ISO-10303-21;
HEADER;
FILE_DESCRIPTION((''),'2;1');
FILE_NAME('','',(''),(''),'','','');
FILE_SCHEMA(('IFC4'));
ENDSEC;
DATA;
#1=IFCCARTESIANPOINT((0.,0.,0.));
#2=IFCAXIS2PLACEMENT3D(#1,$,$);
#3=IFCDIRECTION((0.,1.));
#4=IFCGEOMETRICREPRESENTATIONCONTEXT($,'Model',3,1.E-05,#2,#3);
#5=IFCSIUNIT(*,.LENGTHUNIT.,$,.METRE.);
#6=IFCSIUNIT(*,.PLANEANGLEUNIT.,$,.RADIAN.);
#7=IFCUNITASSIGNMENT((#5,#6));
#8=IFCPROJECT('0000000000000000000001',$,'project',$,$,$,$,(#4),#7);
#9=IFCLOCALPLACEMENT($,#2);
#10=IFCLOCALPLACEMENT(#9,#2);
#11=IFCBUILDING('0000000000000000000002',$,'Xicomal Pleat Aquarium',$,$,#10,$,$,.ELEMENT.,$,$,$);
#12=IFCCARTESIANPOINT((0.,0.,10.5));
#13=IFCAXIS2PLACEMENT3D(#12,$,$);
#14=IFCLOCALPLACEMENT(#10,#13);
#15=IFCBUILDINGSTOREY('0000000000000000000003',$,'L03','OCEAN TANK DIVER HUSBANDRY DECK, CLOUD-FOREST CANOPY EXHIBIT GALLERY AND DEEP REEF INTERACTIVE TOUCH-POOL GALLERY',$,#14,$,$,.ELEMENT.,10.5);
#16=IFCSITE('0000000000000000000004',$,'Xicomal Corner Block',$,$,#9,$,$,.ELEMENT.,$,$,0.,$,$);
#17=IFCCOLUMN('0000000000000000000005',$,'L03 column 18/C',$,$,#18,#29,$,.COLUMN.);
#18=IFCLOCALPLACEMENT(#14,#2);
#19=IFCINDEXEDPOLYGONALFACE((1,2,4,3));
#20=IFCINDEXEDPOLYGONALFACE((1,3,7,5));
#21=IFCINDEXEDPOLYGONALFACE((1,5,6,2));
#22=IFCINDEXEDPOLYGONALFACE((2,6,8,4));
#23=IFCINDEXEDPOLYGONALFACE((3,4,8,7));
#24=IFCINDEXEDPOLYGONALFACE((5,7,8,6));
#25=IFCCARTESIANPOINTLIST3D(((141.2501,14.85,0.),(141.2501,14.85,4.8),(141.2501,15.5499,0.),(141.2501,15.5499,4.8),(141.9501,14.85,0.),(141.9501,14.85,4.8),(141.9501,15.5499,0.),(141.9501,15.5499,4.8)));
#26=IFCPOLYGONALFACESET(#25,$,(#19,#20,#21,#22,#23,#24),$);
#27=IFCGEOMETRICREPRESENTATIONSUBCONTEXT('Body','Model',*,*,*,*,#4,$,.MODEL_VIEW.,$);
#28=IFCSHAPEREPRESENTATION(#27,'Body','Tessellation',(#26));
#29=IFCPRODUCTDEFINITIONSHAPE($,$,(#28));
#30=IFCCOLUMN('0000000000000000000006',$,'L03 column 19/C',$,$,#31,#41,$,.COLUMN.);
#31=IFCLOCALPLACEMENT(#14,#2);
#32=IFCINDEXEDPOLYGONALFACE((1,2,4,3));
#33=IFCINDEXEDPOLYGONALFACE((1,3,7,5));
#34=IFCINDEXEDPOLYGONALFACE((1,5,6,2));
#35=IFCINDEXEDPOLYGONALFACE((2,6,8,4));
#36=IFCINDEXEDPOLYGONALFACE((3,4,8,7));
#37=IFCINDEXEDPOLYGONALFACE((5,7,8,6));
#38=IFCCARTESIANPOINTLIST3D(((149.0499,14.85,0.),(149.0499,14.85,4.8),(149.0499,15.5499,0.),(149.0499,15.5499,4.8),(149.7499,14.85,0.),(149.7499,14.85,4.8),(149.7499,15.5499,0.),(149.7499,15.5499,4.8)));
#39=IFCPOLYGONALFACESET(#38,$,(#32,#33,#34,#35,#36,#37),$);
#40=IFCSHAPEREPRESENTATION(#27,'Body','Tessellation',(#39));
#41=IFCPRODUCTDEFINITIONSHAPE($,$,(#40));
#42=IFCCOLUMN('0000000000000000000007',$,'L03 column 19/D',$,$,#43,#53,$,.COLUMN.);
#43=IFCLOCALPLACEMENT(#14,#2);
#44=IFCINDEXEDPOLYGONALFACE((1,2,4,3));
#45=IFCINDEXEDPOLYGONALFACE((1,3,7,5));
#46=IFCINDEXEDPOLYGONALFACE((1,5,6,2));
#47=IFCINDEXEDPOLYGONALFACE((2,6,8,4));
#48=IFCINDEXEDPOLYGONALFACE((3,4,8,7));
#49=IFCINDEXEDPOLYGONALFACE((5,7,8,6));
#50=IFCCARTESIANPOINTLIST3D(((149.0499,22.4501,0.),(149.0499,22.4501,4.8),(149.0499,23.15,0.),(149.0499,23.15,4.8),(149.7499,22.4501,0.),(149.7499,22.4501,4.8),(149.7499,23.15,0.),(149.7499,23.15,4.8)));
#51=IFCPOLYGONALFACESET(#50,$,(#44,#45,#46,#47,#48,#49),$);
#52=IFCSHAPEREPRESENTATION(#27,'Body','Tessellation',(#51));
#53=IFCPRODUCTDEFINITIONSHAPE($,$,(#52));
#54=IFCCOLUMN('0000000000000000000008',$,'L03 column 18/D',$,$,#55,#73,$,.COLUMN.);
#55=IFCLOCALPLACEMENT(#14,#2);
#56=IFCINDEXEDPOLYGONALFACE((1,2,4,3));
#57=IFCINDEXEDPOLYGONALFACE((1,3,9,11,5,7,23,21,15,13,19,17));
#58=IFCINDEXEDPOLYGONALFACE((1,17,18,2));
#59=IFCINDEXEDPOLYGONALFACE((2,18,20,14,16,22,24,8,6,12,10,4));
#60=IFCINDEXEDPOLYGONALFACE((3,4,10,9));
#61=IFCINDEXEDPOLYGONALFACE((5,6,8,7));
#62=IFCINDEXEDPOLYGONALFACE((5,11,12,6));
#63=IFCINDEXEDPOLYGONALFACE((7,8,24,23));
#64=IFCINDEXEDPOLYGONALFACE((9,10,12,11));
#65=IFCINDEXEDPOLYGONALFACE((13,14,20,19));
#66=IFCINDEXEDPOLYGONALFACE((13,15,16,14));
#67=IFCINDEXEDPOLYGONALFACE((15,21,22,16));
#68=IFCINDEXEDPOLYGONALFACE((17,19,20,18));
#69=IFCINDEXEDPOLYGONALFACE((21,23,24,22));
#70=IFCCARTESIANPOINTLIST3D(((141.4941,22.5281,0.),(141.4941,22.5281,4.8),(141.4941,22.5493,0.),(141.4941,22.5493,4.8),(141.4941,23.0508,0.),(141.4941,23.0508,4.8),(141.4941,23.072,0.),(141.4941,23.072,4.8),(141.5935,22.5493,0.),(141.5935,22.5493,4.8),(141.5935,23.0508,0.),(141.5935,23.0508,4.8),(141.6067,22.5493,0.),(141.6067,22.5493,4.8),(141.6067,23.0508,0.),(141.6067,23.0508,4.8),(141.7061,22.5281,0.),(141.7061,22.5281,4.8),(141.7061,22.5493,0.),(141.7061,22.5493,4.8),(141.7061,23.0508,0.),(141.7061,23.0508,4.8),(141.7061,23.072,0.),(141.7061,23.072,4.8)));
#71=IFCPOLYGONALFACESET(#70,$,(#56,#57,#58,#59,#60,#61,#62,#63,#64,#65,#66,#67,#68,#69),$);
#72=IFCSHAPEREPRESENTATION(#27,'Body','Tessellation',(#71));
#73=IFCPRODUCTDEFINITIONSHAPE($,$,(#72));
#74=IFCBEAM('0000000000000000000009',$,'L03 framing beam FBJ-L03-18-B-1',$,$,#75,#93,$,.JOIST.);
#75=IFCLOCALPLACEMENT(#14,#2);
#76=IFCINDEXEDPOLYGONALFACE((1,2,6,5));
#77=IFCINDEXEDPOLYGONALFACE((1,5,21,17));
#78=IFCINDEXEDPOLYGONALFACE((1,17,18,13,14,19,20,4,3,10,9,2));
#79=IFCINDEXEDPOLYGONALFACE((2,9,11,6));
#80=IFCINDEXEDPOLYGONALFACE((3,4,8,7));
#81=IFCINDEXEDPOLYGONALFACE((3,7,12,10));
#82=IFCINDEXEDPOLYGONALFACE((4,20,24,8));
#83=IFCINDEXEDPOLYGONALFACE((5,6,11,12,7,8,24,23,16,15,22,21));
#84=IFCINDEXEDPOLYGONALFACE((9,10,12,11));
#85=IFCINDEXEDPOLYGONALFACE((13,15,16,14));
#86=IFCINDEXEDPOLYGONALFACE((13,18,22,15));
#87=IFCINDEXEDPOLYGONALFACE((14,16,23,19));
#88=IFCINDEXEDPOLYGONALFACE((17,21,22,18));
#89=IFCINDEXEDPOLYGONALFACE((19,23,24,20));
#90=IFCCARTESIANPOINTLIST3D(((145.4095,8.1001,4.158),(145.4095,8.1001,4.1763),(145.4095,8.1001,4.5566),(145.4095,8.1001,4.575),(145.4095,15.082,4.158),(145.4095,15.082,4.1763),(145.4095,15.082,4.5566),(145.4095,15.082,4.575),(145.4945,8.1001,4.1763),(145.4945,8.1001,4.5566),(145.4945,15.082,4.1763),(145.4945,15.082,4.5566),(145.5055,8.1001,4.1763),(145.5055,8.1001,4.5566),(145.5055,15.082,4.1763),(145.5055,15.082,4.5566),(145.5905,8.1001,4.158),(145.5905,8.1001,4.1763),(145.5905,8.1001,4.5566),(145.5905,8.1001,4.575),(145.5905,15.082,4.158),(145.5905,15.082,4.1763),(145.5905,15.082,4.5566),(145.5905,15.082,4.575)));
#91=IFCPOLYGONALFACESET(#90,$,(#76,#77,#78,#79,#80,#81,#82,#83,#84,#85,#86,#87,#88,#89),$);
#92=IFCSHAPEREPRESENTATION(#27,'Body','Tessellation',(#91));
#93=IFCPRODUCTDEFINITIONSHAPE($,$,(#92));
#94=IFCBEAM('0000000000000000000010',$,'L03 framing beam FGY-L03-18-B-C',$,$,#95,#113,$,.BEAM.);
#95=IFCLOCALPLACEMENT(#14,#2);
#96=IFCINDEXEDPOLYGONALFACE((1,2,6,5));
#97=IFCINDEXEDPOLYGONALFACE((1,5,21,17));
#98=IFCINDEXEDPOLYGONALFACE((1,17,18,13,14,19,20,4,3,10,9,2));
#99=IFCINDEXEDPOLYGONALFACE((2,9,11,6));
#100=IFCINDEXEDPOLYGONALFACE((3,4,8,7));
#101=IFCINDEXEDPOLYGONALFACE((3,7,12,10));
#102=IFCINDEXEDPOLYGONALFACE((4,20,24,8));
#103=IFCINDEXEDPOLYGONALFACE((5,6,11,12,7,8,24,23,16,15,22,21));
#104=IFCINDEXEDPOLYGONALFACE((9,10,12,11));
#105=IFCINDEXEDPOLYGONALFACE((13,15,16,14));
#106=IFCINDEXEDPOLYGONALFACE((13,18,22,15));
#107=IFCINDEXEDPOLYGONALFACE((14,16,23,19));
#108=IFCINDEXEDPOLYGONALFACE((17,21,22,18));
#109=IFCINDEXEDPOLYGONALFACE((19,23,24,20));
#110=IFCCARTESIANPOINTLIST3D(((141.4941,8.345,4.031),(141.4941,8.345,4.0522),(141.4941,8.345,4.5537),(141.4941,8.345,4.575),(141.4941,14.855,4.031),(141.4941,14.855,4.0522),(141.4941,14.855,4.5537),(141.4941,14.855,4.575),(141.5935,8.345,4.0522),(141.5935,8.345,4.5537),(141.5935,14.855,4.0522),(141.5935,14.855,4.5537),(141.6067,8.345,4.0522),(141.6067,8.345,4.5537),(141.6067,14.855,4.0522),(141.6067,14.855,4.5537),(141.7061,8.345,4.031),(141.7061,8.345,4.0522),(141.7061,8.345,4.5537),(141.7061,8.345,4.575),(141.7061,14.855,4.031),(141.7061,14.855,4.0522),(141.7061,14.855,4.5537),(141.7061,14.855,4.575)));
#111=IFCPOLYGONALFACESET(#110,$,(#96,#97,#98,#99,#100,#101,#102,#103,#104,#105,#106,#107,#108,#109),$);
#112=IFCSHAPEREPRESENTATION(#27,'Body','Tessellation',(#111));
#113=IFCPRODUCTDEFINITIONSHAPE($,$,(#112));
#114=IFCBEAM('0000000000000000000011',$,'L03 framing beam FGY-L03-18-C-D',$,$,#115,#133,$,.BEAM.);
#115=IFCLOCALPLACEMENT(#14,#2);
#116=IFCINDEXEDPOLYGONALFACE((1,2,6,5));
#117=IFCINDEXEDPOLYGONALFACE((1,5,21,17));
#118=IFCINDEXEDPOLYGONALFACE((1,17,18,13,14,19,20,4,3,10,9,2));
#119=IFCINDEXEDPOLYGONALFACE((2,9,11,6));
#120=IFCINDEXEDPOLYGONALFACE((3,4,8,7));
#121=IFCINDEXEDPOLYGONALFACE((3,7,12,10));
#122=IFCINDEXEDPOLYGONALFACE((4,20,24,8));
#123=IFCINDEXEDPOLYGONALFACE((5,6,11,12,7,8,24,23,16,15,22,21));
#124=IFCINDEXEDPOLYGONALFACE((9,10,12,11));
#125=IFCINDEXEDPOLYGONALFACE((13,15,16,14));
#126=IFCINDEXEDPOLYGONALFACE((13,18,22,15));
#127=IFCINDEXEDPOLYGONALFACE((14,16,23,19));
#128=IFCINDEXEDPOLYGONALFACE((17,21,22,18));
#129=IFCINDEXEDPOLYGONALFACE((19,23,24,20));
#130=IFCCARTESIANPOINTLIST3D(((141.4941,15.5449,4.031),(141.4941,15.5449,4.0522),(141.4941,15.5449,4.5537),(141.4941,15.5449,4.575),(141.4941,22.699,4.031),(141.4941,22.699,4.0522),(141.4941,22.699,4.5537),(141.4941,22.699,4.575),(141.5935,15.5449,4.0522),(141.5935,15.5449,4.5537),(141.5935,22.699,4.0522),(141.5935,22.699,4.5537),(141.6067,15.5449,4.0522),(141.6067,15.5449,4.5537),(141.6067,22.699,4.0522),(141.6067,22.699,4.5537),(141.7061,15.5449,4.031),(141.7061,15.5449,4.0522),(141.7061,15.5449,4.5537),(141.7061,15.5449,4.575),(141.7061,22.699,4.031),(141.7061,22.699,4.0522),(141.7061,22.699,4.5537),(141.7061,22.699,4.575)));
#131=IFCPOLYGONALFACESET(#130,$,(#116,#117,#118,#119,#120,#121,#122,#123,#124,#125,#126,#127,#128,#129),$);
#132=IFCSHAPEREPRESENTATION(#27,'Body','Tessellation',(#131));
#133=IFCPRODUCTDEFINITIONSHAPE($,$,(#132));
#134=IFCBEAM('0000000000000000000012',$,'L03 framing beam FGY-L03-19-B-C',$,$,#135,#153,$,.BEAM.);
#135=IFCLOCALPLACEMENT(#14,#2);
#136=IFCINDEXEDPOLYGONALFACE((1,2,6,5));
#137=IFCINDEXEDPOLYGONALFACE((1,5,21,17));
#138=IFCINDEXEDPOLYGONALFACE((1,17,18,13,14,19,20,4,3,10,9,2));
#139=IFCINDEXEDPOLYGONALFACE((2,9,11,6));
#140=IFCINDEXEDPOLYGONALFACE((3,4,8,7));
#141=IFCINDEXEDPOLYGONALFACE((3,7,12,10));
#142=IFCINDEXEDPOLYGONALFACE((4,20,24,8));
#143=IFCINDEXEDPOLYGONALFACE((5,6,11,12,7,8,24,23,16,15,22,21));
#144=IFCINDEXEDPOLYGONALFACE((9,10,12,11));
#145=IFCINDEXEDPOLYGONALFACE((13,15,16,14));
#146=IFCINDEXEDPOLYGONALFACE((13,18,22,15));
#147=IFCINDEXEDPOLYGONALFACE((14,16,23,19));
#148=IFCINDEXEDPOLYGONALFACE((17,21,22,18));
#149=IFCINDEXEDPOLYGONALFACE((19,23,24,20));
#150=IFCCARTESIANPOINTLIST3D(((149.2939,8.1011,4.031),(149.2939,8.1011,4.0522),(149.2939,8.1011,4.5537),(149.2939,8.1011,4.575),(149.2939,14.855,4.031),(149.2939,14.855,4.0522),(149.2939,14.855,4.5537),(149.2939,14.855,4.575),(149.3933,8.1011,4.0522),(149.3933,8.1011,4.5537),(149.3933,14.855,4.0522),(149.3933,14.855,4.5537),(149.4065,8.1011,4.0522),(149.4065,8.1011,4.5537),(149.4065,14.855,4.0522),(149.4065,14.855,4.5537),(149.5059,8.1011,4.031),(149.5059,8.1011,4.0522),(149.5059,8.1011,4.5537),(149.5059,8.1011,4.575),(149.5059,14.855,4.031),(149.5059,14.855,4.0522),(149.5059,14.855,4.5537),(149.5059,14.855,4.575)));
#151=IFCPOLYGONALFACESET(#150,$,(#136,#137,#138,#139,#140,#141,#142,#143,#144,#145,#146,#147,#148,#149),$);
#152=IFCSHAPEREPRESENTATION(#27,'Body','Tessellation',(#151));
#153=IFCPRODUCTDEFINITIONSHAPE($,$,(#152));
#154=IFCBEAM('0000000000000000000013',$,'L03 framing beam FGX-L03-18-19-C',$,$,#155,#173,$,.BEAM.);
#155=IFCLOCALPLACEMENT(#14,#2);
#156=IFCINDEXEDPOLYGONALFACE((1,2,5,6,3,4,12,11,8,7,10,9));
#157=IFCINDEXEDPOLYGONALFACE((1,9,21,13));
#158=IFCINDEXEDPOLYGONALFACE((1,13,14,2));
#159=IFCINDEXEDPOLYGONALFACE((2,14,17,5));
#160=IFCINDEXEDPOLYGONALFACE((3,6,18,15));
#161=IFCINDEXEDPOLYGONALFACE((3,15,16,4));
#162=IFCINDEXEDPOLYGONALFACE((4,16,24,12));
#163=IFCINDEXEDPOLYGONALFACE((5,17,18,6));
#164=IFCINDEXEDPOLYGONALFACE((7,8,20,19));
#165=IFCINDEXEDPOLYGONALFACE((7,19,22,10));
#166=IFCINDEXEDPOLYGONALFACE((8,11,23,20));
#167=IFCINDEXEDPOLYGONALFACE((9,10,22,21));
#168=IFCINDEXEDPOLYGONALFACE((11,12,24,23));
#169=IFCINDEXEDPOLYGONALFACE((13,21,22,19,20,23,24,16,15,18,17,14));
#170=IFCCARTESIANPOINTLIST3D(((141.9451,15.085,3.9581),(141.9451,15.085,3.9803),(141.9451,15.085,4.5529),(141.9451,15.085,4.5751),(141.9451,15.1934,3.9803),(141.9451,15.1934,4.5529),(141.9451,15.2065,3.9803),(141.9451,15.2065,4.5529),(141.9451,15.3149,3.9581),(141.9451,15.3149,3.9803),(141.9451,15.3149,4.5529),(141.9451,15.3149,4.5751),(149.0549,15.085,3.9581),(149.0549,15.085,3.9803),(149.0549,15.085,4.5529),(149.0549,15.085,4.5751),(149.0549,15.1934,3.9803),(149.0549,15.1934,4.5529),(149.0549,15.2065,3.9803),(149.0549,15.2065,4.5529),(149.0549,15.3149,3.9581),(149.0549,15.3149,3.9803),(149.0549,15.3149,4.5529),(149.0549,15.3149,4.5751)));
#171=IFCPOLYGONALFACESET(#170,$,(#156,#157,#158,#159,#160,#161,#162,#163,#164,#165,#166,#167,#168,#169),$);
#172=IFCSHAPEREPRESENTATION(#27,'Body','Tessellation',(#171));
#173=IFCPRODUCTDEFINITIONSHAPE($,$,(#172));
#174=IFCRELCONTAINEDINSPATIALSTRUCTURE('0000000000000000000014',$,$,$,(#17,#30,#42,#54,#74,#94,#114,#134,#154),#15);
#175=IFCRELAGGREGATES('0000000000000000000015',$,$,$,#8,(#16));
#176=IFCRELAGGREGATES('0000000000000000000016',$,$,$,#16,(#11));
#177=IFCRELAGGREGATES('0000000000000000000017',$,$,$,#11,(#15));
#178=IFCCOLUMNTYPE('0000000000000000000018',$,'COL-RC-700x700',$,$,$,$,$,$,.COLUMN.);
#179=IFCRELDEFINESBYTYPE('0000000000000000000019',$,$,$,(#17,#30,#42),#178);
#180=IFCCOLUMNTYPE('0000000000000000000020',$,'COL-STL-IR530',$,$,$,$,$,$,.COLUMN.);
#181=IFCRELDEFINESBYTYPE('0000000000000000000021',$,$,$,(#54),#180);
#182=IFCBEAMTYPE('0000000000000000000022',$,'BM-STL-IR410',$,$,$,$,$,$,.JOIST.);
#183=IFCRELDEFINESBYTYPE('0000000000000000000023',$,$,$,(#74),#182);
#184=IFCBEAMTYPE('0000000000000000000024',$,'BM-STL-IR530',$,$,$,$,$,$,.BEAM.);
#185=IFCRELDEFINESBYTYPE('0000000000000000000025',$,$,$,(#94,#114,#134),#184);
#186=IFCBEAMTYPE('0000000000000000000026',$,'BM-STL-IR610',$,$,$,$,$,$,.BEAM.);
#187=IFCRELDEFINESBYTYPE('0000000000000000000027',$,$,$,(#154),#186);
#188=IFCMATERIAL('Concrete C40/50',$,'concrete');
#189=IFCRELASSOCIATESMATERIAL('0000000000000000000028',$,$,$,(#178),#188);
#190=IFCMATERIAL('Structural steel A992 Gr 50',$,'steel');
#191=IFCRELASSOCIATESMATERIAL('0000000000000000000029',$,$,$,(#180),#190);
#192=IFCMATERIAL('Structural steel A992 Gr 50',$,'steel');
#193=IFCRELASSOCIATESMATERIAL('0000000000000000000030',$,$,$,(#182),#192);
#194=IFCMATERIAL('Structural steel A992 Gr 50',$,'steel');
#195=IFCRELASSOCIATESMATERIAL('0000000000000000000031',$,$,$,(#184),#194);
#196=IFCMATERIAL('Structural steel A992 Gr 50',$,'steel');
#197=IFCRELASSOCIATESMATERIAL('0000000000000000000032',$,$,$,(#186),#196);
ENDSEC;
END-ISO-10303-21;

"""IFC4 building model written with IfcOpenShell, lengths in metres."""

from ifc_helpers import new_model, si_unit, direction, frame, origin, origin_2d, place, context, subcontext, project, spatial, rectangle, i_section, extrude, material, material_profile, profile_set, type_object, element, save


model = new_model("IFC4")

# Units and contexts
model_context = context("Model", 3, precision=1e-05, world=origin(), true_north=direction((0.0, 1.0)))
body_context = subcontext(model_context, "Body", "Model", "MODEL_VIEW")
ifc_project = project(units=[si_unit("LENGTHUNIT", "METRE"), si_unit("PLANEANGLEUNIT", "RADIAN")], contexts=[model_context])

# Site, building, storey
site_placement = place(None, origin())
site = spatial("IfcSite", under=ifc_project, at=site_placement, Name="Xicomal Corner Block", CompositionType="ELEMENT", RefElevation=0.0)
building_placement = place(site_placement, origin())
building = spatial("IfcBuilding", under=site, at=building_placement, Name="Xicomal Pleat Aquarium", CompositionType="ELEMENT")
storey_placement = place(building_placement, frame((0.0, 0.0, 10.5)))
storey = spatial("IfcBuildingStorey", under=building, at=storey_placement, Name="L03", Description="OCEAN TANK DIVER HUSBANDRY DECK, CLOUD-FOREST CANOPY EXHIBIT GALLERY AND DEEP REEF INTERACTIVE TOUCH-POOL GALLERY", CompositionType="ELEMENT", Elevation=10.5)

# Columns
ifc_material_1 = material(Name="Concrete C40/50", Category="concrete")
ifc_material_profile_1 = material_profile(ifc_material_1, rectangle(XDim=0.7, YDim=0.7, at=origin_2d()), Name="RC 700x700")
ifc_profile_set_1 = profile_set([ifc_material_profile_1], Name="Concrete C40/50")
column_type_1 = type_object("IfcColumnType", Name="COL-RC-700x700", PredefinedType="COLUMN", material=ifc_profile_set_1)
for number, where, z_axis, x_axis, name in (
    (1, (141.6001, 15.2, 0.0), (0.0, 0.0, 1.0), (1.0, 0.0, 0.0), "L03 column 18/C"),
    (2, (149.3999, 15.2, 0.0), (0.0, 0.0, 1.0), (1.0, 0.0, 0.0), "L03 column 19/C"),
    (3, (149.3999, 22.8, 0.0), (0.0, 0.0, 1.0), (1.0, 0.0, 0.0), "L03 column 19/D"),
):
    element("IfcColumn", number, at=place(storey_placement, frame(where, z_axis=z_axis, x_axis=x_axis)), inside=storey, type_object=column_type_1, Name=name, PredefinedType="COLUMN", context=body_context, shape_type="SweptSolid", body=[
        extrude(rectangle(XDim=0.7, YDim=0.7, at=origin_2d()), origin(), (0.0, 0.0, 1.0), 4.8),
    ])
ifc_material_2 = material(Name="Structural steel A992 Gr 50", Category="steel")
ifc_material_profile_2 = material_profile(ifc_material_2, i_section(OverallWidth=0.2119, OverallDepth=0.5439, WebThickness=0.0132, FlangeThickness=0.0212, at=origin_2d()), Name="IR 530x123")
ifc_profile_set_2 = profile_set([ifc_material_profile_2], Name="Structural steel A992 Gr 50")
column_type_2 = type_object("IfcColumnType", Name="COL-STL-IR530", PredefinedType="COLUMN", material=ifc_profile_set_2)
column_placement = place(storey_placement, frame((141.6001, 22.8, 0.0), z_axis=(0.0, 0.0, 1.0), x_axis=(1.0, 0.0, 0.0)))
element("IfcColumn", 4, at=column_placement, inside=storey, type_object=column_type_2, Name="L03 column 18/D", PredefinedType="COLUMN", context=body_context, shape_type="SweptSolid", body=[
    extrude(i_section(OverallWidth=0.2119, OverallDepth=0.5439, WebThickness=0.0132, FlangeThickness=0.0212, at=origin_2d()), origin(), (0.0, 0.0, 1.0), 4.8),
])

# Beams
ifc_material_3 = material(Name="Structural steel A992 Gr 50", Category="steel")
ifc_material_profile_3 = material_profile(ifc_material_3, i_section(OverallWidth=0.1809, OverallDepth=0.417, WebThickness=0.011, FlangeThickness=0.0183, at=origin_2d()), Name="IR 410x85")
ifc_profile_set_3 = profile_set([ifc_material_profile_3], Name="Structural steel A992 Gr 50")
beam_type_1 = type_object("IfcBeamType", Name="BM-STL-IR410", PredefinedType="JOIST", material=ifc_profile_set_3)
beam_1_placement = place(storey_placement, frame((145.5, 8.1001, 4.3665), z_axis=(0.0, 1.0, 0.0), x_axis=(-1.0, 0.0, 0.0)))
element("IfcBeam", 5, at=beam_1_placement, inside=storey, type_object=beam_type_1, Name="L03 framing beam FBJ-L03-18-B-1", PredefinedType="JOIST", context=body_context, shape_type="SweptSolid", body=[
    extrude(i_section(OverallWidth=0.1809, OverallDepth=0.417, WebThickness=0.011, FlangeThickness=0.0183, at=origin_2d()), origin(), (0.0, 0.0, 1.0), 6.9819),
])
ifc_material_4 = material(Name="Structural steel A992 Gr 50", Category="steel")
ifc_material_profile_4 = material_profile(ifc_material_4, i_section(OverallWidth=0.2119, OverallDepth=0.5439, WebThickness=0.0132, FlangeThickness=0.0212, at=origin_2d()), Name="IR 530x123")
ifc_profile_set_4 = profile_set([ifc_material_profile_4], Name="Structural steel A992 Gr 50")
beam_type_2 = type_object("IfcBeamType", Name="BM-STL-IR530", PredefinedType="BEAM", material=ifc_profile_set_4)
beam_2_placement = place(storey_placement, frame((141.6001, 8.345, 4.303), z_axis=(0.0, 1.0, 0.0), x_axis=(-1.0, 0.0, 0.0)))
element("IfcBeam", 6, at=beam_2_placement, inside=storey, type_object=beam_type_2, Name="L03 framing beam FGY-L03-18-B-C", PredefinedType="BEAM", context=body_context, shape_type="SweptSolid", body=[
    extrude(i_section(OverallWidth=0.2119, OverallDepth=0.5439, WebThickness=0.0132, FlangeThickness=0.0212, at=origin_2d()), origin(), (0.0, 0.0, 1.0), 6.51),
])
beam_3_placement = place(storey_placement, frame((141.6001, 15.5449, 4.303), z_axis=(0.0, 1.0, 0.0), x_axis=(-1.0, 0.0, 0.0)))
element("IfcBeam", 7, at=beam_3_placement, inside=storey, type_object=beam_type_2, Name="L03 framing beam FGY-L03-18-C-D", PredefinedType="BEAM", context=body_context, shape_type="SweptSolid", body=[
    extrude(i_section(OverallWidth=0.2119, OverallDepth=0.5439, WebThickness=0.0132, FlangeThickness=0.0212, at=origin_2d()), origin(), (0.0, 0.0, 1.0), 7.1541),
])
beam_4_placement = place(storey_placement, frame((149.3999, 8.1011, 4.303), z_axis=(0.0, 1.0, 0.0), x_axis=(-1.0, 0.0, 0.0)))
element("IfcBeam", 8, at=beam_4_placement, inside=storey, type_object=beam_type_2, Name="L03 framing beam FGY-L03-19-B-C", PredefinedType="BEAM", context=body_context, shape_type="SweptSolid", body=[
    extrude(i_section(OverallWidth=0.2119, OverallDepth=0.5439, WebThickness=0.0132, FlangeThickness=0.0212, at=origin_2d()), origin(), (0.0, 0.0, 1.0), 6.7539),
])
ifc_material_5 = material(Name="Structural steel A992 Gr 50", Category="steel")
ifc_material_profile_5 = material_profile(ifc_material_5, i_section(OverallWidth=0.23, OverallDepth=0.6169, WebThickness=0.0132, FlangeThickness=0.0222, at=origin_2d()), Name="IR 610x140")
ifc_profile_set_5 = profile_set([ifc_material_profile_5], Name="Structural steel A992 Gr 50")
beam_type_3 = type_object("IfcBeamType", Name="BM-STL-IR610", PredefinedType="BEAM", material=ifc_profile_set_5)
beam_5_placement = place(storey_placement, frame((141.9451, 15.2, 4.2666), z_axis=(1.0, 0.0, 0.0), x_axis=(0.0, 1.0, 0.0)))
element("IfcBeam", 9, at=beam_5_placement, inside=storey, type_object=beam_type_3, Name="L03 framing beam FGX-L03-18-19-C", PredefinedType="BEAM", context=body_context, shape_type="SweptSolid", body=[
    extrude(i_section(OverallWidth=0.23, OverallDepth=0.6169, WebThickness=0.0132, FlangeThickness=0.0222, at=origin_2d()), origin(), (0.0, 0.0, 1.0), 7.1099),
])

save(model, "model.ifc")
